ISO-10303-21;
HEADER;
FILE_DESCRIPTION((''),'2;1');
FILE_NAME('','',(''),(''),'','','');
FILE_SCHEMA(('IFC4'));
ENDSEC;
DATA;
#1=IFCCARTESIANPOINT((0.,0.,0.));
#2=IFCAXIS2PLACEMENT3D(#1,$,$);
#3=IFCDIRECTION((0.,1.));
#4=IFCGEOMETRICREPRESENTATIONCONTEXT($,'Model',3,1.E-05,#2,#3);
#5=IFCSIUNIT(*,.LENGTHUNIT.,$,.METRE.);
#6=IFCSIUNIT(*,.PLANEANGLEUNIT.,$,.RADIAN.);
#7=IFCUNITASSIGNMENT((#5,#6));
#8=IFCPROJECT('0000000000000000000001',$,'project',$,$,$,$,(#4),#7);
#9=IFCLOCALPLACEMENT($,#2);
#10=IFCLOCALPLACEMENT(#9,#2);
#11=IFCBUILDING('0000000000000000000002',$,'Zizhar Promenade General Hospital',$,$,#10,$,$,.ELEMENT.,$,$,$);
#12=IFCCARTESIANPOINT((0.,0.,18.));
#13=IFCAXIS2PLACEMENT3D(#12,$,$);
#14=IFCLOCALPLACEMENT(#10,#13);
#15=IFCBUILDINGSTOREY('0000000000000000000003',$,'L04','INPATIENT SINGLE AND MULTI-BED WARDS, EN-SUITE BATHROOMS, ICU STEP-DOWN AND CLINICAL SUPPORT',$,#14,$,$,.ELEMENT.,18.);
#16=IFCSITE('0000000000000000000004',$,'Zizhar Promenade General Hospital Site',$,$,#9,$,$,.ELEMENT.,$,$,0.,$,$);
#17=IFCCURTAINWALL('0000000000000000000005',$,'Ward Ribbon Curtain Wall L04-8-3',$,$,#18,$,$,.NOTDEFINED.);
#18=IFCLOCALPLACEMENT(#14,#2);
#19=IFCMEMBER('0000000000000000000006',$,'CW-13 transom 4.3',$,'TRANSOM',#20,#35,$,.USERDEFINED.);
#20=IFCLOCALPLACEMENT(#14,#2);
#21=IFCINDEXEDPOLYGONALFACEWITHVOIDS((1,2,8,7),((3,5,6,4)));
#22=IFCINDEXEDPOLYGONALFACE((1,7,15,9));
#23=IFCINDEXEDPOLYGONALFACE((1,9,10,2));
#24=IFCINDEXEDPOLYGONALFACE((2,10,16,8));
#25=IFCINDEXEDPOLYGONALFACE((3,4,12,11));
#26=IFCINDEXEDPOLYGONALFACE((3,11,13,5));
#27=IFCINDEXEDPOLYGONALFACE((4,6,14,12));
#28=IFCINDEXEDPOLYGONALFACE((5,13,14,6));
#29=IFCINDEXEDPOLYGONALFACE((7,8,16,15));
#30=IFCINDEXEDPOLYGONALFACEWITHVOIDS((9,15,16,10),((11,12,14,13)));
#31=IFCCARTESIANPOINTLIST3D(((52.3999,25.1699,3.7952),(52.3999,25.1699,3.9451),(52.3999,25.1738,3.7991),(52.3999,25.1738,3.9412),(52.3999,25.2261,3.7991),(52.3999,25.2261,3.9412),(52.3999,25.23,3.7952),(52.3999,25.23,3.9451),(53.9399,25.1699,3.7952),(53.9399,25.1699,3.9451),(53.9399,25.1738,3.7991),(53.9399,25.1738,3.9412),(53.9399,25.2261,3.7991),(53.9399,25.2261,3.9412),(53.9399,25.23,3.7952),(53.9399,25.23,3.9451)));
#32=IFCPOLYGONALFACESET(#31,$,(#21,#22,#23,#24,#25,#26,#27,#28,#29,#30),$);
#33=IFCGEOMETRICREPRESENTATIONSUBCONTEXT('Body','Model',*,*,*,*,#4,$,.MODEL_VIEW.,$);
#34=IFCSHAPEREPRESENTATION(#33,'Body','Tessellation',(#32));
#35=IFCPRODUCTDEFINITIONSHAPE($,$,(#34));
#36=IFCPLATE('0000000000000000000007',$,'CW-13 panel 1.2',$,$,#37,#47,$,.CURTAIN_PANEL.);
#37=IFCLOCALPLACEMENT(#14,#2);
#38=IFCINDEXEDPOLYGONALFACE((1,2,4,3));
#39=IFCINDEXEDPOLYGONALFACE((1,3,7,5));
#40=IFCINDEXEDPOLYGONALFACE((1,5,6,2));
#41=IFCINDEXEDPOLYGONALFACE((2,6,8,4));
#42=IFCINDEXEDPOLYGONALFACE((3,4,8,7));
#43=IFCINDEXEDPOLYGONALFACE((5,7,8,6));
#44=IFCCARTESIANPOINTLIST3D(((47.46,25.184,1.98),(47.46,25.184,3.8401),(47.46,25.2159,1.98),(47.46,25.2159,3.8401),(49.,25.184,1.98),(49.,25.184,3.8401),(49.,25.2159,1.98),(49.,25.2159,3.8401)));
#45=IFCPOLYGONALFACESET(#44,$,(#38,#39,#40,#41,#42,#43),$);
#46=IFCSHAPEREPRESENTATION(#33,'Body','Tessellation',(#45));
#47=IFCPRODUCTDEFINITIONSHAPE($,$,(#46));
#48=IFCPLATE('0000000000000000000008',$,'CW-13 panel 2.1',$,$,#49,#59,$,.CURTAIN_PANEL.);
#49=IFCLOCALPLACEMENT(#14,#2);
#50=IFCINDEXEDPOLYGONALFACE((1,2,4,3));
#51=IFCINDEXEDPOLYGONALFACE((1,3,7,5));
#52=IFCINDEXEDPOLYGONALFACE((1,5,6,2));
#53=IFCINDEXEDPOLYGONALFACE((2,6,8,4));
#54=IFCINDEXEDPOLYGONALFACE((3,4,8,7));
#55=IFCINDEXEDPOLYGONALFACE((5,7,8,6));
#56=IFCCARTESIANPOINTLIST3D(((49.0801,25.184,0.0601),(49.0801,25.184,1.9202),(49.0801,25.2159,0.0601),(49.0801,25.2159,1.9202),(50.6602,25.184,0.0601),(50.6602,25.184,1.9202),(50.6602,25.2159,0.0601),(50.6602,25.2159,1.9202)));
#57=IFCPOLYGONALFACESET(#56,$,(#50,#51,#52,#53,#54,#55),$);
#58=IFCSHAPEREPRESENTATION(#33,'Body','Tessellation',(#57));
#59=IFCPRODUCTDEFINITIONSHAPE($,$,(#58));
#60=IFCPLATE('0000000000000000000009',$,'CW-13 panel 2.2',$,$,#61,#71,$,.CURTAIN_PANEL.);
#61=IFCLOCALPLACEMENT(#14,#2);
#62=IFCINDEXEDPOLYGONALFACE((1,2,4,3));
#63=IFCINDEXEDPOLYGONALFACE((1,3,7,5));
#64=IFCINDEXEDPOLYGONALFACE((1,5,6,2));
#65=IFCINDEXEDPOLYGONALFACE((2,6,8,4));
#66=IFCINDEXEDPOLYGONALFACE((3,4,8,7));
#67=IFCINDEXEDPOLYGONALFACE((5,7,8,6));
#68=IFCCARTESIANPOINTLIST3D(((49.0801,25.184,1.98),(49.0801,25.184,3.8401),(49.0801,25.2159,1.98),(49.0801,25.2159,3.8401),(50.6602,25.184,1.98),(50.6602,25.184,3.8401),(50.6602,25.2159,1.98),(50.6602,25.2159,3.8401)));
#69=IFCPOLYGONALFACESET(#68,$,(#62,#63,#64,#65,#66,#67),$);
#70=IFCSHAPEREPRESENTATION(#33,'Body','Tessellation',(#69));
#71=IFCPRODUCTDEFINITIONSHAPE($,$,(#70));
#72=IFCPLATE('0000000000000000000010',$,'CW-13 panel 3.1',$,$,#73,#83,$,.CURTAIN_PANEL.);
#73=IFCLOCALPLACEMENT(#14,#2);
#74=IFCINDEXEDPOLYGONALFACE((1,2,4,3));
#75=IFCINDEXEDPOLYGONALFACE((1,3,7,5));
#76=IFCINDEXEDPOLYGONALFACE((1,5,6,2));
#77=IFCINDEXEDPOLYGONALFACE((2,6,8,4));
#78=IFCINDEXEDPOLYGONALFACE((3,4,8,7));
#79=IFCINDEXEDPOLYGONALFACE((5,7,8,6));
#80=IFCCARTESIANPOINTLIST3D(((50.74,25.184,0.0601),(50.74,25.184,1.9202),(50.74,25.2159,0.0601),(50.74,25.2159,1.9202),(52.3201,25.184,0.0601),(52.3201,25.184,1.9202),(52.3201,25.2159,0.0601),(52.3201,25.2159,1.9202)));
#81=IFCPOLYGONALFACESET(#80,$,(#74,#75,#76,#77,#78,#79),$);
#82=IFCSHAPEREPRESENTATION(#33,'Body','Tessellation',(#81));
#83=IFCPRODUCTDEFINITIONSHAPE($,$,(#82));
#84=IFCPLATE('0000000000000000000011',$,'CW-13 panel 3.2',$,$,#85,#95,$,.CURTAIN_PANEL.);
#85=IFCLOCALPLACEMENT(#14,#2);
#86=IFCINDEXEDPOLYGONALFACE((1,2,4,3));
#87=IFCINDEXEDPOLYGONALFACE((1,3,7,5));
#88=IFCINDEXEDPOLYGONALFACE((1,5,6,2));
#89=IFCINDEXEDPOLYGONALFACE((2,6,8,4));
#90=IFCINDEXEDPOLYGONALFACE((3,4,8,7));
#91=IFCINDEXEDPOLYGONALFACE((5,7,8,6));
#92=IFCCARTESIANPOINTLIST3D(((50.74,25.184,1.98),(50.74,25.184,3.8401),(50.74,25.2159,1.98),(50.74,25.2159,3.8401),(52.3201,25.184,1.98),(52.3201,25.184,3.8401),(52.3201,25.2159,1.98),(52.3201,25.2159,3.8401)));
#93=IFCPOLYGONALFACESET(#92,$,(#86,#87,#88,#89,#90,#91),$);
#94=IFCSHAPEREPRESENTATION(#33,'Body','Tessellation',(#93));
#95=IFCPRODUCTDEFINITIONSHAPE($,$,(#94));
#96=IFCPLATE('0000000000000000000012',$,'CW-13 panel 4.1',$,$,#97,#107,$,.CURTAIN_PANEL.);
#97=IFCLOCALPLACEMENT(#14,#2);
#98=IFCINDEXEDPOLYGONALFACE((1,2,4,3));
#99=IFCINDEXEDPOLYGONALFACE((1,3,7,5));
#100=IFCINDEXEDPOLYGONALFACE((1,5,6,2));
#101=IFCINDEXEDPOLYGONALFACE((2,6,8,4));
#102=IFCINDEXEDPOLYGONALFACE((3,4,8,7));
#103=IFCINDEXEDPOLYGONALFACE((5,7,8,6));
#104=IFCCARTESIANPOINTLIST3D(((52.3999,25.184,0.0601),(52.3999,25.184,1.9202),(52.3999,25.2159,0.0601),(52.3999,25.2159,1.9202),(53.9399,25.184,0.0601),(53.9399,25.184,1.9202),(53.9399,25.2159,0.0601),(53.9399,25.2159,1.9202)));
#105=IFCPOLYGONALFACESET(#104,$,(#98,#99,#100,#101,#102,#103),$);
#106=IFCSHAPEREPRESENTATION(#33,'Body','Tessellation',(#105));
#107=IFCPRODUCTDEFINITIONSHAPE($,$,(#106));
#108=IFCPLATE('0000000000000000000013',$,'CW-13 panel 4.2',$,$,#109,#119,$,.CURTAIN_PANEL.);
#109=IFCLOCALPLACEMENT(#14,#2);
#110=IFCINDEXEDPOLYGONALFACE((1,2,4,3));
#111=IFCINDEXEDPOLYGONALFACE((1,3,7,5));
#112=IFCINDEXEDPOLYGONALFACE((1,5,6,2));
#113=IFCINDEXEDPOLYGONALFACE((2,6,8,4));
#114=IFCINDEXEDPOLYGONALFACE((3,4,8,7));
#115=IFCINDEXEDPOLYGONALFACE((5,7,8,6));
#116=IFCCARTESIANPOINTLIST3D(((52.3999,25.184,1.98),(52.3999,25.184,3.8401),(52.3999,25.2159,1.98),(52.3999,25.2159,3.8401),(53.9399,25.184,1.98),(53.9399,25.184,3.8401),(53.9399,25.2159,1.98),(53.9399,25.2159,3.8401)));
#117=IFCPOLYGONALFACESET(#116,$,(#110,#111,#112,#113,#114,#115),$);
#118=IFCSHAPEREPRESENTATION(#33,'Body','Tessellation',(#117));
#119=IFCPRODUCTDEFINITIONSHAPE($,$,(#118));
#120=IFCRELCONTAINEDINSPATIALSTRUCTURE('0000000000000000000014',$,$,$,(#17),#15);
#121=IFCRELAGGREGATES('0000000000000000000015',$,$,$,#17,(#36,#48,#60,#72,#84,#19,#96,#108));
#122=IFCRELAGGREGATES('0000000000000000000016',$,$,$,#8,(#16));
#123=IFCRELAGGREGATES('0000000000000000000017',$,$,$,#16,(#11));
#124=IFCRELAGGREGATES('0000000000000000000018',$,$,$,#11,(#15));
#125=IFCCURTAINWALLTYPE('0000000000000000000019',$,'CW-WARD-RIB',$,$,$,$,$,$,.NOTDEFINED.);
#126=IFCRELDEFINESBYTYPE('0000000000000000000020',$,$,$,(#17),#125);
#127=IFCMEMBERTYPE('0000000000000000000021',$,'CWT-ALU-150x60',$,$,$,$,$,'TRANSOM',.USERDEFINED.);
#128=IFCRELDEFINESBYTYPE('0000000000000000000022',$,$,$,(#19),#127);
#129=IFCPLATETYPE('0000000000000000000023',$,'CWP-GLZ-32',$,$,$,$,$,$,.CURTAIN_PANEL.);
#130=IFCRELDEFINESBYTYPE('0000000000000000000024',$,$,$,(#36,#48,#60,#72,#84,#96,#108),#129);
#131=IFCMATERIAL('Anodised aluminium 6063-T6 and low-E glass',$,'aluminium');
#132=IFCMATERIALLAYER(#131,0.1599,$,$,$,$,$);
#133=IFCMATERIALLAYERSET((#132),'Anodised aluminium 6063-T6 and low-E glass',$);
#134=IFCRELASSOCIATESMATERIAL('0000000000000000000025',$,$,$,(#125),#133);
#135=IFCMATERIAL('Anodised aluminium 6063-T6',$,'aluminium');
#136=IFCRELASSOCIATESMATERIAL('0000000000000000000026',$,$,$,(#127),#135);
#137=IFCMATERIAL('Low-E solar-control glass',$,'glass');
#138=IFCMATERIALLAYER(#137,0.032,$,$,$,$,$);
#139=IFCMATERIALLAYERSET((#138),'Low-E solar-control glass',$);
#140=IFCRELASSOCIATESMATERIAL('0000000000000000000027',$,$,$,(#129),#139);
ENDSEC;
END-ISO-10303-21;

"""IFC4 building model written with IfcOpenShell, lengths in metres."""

from ifc_helpers import new_model, si_unit, direction, frame, origin, origin_2d, place, context, subcontext, project, spatial, rectangle, hollow_rectangle, extrude, material, layer, layer_set, material_profile, profile_set, type_object, element, aggregate, save


model = new_model("IFC4")

# Units and contexts
model_context = context("Model", 3, precision=1e-05, world=origin(), true_north=direction((0.0, 1.0)))
body_context = subcontext(model_context, "Body", "Model", "MODEL_VIEW")
ifc_project = project(units=[si_unit("LENGTHUNIT", "METRE"), si_unit("PLANEANGLEUNIT", "RADIAN")], contexts=[model_context])

# Site, building, storey
site_placement = place(None, origin())
site = spatial("IfcSite", under=ifc_project, at=site_placement, Name="Zizhar Promenade General Hospital Site", CompositionType="ELEMENT", RefElevation=0.0)
building_placement = place(site_placement, origin())
building = spatial("IfcBuilding", under=site, at=building_placement, Name="Zizhar Promenade General Hospital", CompositionType="ELEMENT")
storey_placement = place(building_placement, frame((0.0, 0.0, 18.0)))
storey = spatial("IfcBuildingStorey", under=building, at=storey_placement, Name="L04", Description="INPATIENT SINGLE AND MULTI-BED WARDS, EN-SUITE BATHROOMS, ICU STEP-DOWN AND CLINICAL SUPPORT", CompositionType="ELEMENT", Elevation=18.0)

# Curtain wall, member, plates
ifc_material_1 = material(Name="Anodised aluminium 6063-T6 and low-E glass", Category="aluminium")
ifc_layer_1 = layer(ifc_material_1, 0.1599)
ifc_layer_set_1 = layer_set([ifc_layer_1], Name="Anodised aluminium 6063-T6 and low-E glass")
curtain_wall_type = type_object("IfcCurtainWallType", Name="CW-WARD-RIB", PredefinedType="NOTDEFINED", material=ifc_layer_set_1)
curtain_wall_placement = place(storey_placement, origin())
curtain_wall = element("IfcCurtainWall", 1, at=curtain_wall_placement, inside=storey, type_object=curtain_wall_type, Name="Ward Ribbon Curtain Wall L04-8-3", PredefinedType="NOTDEFINED")
ifc_material_2 = material(Name="Anodised aluminium 6063-T6", Category="aluminium")
ifc_material_profile_1 = material_profile(ifc_material_2, hollow_rectangle(XDim=0.0601, YDim=0.1499, WallThickness=0.0039, at=origin_2d()))
ifc_profile_set_1 = profile_set([ifc_material_profile_1], Name="Anodised aluminium 6063-T6")
member_type_1 = type_object("IfcMemberType", Name="CWT-ALU-150x60", ElementType="TRANSOM", PredefinedType="USERDEFINED", material=ifc_profile_set_1)
member_1_placement = place(storey_placement, frame((52.3999, 25.2, 3.8701), z_axis=(1.0, 0.0, 0.0), x_axis=(0.0, 1.0, 0.0)))
member_1 = element("IfcMember", 2, at=member_1_placement, type_object=member_type_1, Name="CW-13 transom 4.3", ObjectType="TRANSOM", PredefinedType="USERDEFINED", context=body_context, shape_type="SweptSolid", body=[
    extrude(hollow_rectangle(XDim=0.0601, YDim=0.1499, WallThickness=0.0039, at=origin_2d()), origin(), (0.0, 0.0, 1.0), 1.54),
])
ifc_material_3 = material(Name="Low-E solar-control glass", Category="glass")
ifc_layer_2 = layer(ifc_material_3, 0.032)
ifc_layer_set_2 = layer_set([ifc_layer_2], Name="Low-E solar-control glass")
plate_type = type_object("IfcPlateType", Name="CWP-GLZ-32", PredefinedType="CURTAIN_PANEL", material=ifc_layer_set_2)
plate_1_placement = place(storey_placement, frame((48.23, 25.2, 1.98), z_axis=(0.0, 0.0, 1.0), x_axis=(1.0, 0.0, 0.0)))
plate_1 = element("IfcPlate", 3, at=plate_1_placement, type_object=plate_type, Name="CW-13 panel 1.2", PredefinedType="CURTAIN_PANEL", context=body_context, shape_type="SweptSolid", body=[
    extrude(rectangle(XDim=1.54, YDim=0.032, at=origin_2d()), origin(), (0.0, 0.0, 1.0), 1.8601),
])
plate_2_placement = place(storey_placement, frame((49.8701, 25.2, 0.0601), z_axis=(0.0, 0.0, 1.0), x_axis=(1.0, 0.0, 0.0)))
plate_2 = element("IfcPlate", 4, at=plate_2_placement, type_object=plate_type, Name="CW-13 panel 2.1", PredefinedType="CURTAIN_PANEL", context=body_context, shape_type="SweptSolid", body=[
    extrude(rectangle(XDim=1.5801, YDim=0.032, at=origin_2d()), origin(), (0.0, 0.0, 1.0), 1.8601),
])
plate_3_placement = place(storey_placement, frame((49.8701, 25.2, 1.98), z_axis=(0.0, 0.0, 1.0), x_axis=(1.0, 0.0, 0.0)))
plate_3 = element("IfcPlate", 5, at=plate_3_placement, type_object=plate_type, Name="CW-13 panel 2.2", PredefinedType="CURTAIN_PANEL", context=body_context, shape_type="SweptSolid", body=[
    extrude(rectangle(XDim=1.5801, YDim=0.032, at=origin_2d()), origin(), (0.0, 0.0, 1.0), 1.8601),
])
plate_4_placement = place(storey_placement, frame((51.53, 25.2, 0.0601), z_axis=(0.0, 0.0, 1.0), x_axis=(1.0, 0.0, 0.0)))
plate_4 = element("IfcPlate", 6, at=plate_4_placement, type_object=plate_type, Name="CW-13 panel 3.1", PredefinedType="CURTAIN_PANEL", context=body_context, shape_type="SweptSolid", body=[
    extrude(rectangle(XDim=1.5801, YDim=0.032, at=origin_2d()), origin(), (0.0, 0.0, 1.0), 1.8601),
])
plate_5_placement = place(storey_placement, frame((51.53, 25.2, 1.98), z_axis=(0.0, 0.0, 1.0), x_axis=(1.0, 0.0, 0.0)))
plate_5 = element("IfcPlate", 7, at=plate_5_placement, type_object=plate_type, Name="CW-13 panel 3.2", PredefinedType="CURTAIN_PANEL", context=body_context, shape_type="SweptSolid", body=[
    extrude(rectangle(XDim=1.5801, YDim=0.032, at=origin_2d()), origin(), (0.0, 0.0, 1.0), 1.8601),
])
plate_6_placement = place(storey_placement, frame((53.1699, 25.2, 0.0601), z_axis=(0.0, 0.0, 1.0), x_axis=(1.0, 0.0, 0.0)))
plate_6 = element("IfcPlate", 8, at=plate_6_placement, type_object=plate_type, Name="CW-13 panel 4.1", PredefinedType="CURTAIN_PANEL", context=body_context, shape_type="SweptSolid", body=[
    extrude(rectangle(XDim=1.54, YDim=0.032, at=origin_2d()), origin(), (0.0, 0.0, 1.0), 1.8601),
])
plate_7_placement = place(storey_placement, frame((53.1699, 25.2, 1.98), z_axis=(0.0, 0.0, 1.0), x_axis=(1.0, 0.0, 0.0)))
plate_7 = element("IfcPlate", 9, at=plate_7_placement, type_object=plate_type, Name="CW-13 panel 4.2", PredefinedType="CURTAIN_PANEL", context=body_context, shape_type="SweptSolid", body=[
    extrude(rectangle(XDim=1.54, YDim=0.032, at=origin_2d()), origin(), (0.0, 0.0, 1.0), 1.8601),
])
aggregate(curtain_wall, [plate_1, plate_2, plate_3, plate_4, plate_5, member_1, plate_6, plate_7])

save(model, "model.ifc")
